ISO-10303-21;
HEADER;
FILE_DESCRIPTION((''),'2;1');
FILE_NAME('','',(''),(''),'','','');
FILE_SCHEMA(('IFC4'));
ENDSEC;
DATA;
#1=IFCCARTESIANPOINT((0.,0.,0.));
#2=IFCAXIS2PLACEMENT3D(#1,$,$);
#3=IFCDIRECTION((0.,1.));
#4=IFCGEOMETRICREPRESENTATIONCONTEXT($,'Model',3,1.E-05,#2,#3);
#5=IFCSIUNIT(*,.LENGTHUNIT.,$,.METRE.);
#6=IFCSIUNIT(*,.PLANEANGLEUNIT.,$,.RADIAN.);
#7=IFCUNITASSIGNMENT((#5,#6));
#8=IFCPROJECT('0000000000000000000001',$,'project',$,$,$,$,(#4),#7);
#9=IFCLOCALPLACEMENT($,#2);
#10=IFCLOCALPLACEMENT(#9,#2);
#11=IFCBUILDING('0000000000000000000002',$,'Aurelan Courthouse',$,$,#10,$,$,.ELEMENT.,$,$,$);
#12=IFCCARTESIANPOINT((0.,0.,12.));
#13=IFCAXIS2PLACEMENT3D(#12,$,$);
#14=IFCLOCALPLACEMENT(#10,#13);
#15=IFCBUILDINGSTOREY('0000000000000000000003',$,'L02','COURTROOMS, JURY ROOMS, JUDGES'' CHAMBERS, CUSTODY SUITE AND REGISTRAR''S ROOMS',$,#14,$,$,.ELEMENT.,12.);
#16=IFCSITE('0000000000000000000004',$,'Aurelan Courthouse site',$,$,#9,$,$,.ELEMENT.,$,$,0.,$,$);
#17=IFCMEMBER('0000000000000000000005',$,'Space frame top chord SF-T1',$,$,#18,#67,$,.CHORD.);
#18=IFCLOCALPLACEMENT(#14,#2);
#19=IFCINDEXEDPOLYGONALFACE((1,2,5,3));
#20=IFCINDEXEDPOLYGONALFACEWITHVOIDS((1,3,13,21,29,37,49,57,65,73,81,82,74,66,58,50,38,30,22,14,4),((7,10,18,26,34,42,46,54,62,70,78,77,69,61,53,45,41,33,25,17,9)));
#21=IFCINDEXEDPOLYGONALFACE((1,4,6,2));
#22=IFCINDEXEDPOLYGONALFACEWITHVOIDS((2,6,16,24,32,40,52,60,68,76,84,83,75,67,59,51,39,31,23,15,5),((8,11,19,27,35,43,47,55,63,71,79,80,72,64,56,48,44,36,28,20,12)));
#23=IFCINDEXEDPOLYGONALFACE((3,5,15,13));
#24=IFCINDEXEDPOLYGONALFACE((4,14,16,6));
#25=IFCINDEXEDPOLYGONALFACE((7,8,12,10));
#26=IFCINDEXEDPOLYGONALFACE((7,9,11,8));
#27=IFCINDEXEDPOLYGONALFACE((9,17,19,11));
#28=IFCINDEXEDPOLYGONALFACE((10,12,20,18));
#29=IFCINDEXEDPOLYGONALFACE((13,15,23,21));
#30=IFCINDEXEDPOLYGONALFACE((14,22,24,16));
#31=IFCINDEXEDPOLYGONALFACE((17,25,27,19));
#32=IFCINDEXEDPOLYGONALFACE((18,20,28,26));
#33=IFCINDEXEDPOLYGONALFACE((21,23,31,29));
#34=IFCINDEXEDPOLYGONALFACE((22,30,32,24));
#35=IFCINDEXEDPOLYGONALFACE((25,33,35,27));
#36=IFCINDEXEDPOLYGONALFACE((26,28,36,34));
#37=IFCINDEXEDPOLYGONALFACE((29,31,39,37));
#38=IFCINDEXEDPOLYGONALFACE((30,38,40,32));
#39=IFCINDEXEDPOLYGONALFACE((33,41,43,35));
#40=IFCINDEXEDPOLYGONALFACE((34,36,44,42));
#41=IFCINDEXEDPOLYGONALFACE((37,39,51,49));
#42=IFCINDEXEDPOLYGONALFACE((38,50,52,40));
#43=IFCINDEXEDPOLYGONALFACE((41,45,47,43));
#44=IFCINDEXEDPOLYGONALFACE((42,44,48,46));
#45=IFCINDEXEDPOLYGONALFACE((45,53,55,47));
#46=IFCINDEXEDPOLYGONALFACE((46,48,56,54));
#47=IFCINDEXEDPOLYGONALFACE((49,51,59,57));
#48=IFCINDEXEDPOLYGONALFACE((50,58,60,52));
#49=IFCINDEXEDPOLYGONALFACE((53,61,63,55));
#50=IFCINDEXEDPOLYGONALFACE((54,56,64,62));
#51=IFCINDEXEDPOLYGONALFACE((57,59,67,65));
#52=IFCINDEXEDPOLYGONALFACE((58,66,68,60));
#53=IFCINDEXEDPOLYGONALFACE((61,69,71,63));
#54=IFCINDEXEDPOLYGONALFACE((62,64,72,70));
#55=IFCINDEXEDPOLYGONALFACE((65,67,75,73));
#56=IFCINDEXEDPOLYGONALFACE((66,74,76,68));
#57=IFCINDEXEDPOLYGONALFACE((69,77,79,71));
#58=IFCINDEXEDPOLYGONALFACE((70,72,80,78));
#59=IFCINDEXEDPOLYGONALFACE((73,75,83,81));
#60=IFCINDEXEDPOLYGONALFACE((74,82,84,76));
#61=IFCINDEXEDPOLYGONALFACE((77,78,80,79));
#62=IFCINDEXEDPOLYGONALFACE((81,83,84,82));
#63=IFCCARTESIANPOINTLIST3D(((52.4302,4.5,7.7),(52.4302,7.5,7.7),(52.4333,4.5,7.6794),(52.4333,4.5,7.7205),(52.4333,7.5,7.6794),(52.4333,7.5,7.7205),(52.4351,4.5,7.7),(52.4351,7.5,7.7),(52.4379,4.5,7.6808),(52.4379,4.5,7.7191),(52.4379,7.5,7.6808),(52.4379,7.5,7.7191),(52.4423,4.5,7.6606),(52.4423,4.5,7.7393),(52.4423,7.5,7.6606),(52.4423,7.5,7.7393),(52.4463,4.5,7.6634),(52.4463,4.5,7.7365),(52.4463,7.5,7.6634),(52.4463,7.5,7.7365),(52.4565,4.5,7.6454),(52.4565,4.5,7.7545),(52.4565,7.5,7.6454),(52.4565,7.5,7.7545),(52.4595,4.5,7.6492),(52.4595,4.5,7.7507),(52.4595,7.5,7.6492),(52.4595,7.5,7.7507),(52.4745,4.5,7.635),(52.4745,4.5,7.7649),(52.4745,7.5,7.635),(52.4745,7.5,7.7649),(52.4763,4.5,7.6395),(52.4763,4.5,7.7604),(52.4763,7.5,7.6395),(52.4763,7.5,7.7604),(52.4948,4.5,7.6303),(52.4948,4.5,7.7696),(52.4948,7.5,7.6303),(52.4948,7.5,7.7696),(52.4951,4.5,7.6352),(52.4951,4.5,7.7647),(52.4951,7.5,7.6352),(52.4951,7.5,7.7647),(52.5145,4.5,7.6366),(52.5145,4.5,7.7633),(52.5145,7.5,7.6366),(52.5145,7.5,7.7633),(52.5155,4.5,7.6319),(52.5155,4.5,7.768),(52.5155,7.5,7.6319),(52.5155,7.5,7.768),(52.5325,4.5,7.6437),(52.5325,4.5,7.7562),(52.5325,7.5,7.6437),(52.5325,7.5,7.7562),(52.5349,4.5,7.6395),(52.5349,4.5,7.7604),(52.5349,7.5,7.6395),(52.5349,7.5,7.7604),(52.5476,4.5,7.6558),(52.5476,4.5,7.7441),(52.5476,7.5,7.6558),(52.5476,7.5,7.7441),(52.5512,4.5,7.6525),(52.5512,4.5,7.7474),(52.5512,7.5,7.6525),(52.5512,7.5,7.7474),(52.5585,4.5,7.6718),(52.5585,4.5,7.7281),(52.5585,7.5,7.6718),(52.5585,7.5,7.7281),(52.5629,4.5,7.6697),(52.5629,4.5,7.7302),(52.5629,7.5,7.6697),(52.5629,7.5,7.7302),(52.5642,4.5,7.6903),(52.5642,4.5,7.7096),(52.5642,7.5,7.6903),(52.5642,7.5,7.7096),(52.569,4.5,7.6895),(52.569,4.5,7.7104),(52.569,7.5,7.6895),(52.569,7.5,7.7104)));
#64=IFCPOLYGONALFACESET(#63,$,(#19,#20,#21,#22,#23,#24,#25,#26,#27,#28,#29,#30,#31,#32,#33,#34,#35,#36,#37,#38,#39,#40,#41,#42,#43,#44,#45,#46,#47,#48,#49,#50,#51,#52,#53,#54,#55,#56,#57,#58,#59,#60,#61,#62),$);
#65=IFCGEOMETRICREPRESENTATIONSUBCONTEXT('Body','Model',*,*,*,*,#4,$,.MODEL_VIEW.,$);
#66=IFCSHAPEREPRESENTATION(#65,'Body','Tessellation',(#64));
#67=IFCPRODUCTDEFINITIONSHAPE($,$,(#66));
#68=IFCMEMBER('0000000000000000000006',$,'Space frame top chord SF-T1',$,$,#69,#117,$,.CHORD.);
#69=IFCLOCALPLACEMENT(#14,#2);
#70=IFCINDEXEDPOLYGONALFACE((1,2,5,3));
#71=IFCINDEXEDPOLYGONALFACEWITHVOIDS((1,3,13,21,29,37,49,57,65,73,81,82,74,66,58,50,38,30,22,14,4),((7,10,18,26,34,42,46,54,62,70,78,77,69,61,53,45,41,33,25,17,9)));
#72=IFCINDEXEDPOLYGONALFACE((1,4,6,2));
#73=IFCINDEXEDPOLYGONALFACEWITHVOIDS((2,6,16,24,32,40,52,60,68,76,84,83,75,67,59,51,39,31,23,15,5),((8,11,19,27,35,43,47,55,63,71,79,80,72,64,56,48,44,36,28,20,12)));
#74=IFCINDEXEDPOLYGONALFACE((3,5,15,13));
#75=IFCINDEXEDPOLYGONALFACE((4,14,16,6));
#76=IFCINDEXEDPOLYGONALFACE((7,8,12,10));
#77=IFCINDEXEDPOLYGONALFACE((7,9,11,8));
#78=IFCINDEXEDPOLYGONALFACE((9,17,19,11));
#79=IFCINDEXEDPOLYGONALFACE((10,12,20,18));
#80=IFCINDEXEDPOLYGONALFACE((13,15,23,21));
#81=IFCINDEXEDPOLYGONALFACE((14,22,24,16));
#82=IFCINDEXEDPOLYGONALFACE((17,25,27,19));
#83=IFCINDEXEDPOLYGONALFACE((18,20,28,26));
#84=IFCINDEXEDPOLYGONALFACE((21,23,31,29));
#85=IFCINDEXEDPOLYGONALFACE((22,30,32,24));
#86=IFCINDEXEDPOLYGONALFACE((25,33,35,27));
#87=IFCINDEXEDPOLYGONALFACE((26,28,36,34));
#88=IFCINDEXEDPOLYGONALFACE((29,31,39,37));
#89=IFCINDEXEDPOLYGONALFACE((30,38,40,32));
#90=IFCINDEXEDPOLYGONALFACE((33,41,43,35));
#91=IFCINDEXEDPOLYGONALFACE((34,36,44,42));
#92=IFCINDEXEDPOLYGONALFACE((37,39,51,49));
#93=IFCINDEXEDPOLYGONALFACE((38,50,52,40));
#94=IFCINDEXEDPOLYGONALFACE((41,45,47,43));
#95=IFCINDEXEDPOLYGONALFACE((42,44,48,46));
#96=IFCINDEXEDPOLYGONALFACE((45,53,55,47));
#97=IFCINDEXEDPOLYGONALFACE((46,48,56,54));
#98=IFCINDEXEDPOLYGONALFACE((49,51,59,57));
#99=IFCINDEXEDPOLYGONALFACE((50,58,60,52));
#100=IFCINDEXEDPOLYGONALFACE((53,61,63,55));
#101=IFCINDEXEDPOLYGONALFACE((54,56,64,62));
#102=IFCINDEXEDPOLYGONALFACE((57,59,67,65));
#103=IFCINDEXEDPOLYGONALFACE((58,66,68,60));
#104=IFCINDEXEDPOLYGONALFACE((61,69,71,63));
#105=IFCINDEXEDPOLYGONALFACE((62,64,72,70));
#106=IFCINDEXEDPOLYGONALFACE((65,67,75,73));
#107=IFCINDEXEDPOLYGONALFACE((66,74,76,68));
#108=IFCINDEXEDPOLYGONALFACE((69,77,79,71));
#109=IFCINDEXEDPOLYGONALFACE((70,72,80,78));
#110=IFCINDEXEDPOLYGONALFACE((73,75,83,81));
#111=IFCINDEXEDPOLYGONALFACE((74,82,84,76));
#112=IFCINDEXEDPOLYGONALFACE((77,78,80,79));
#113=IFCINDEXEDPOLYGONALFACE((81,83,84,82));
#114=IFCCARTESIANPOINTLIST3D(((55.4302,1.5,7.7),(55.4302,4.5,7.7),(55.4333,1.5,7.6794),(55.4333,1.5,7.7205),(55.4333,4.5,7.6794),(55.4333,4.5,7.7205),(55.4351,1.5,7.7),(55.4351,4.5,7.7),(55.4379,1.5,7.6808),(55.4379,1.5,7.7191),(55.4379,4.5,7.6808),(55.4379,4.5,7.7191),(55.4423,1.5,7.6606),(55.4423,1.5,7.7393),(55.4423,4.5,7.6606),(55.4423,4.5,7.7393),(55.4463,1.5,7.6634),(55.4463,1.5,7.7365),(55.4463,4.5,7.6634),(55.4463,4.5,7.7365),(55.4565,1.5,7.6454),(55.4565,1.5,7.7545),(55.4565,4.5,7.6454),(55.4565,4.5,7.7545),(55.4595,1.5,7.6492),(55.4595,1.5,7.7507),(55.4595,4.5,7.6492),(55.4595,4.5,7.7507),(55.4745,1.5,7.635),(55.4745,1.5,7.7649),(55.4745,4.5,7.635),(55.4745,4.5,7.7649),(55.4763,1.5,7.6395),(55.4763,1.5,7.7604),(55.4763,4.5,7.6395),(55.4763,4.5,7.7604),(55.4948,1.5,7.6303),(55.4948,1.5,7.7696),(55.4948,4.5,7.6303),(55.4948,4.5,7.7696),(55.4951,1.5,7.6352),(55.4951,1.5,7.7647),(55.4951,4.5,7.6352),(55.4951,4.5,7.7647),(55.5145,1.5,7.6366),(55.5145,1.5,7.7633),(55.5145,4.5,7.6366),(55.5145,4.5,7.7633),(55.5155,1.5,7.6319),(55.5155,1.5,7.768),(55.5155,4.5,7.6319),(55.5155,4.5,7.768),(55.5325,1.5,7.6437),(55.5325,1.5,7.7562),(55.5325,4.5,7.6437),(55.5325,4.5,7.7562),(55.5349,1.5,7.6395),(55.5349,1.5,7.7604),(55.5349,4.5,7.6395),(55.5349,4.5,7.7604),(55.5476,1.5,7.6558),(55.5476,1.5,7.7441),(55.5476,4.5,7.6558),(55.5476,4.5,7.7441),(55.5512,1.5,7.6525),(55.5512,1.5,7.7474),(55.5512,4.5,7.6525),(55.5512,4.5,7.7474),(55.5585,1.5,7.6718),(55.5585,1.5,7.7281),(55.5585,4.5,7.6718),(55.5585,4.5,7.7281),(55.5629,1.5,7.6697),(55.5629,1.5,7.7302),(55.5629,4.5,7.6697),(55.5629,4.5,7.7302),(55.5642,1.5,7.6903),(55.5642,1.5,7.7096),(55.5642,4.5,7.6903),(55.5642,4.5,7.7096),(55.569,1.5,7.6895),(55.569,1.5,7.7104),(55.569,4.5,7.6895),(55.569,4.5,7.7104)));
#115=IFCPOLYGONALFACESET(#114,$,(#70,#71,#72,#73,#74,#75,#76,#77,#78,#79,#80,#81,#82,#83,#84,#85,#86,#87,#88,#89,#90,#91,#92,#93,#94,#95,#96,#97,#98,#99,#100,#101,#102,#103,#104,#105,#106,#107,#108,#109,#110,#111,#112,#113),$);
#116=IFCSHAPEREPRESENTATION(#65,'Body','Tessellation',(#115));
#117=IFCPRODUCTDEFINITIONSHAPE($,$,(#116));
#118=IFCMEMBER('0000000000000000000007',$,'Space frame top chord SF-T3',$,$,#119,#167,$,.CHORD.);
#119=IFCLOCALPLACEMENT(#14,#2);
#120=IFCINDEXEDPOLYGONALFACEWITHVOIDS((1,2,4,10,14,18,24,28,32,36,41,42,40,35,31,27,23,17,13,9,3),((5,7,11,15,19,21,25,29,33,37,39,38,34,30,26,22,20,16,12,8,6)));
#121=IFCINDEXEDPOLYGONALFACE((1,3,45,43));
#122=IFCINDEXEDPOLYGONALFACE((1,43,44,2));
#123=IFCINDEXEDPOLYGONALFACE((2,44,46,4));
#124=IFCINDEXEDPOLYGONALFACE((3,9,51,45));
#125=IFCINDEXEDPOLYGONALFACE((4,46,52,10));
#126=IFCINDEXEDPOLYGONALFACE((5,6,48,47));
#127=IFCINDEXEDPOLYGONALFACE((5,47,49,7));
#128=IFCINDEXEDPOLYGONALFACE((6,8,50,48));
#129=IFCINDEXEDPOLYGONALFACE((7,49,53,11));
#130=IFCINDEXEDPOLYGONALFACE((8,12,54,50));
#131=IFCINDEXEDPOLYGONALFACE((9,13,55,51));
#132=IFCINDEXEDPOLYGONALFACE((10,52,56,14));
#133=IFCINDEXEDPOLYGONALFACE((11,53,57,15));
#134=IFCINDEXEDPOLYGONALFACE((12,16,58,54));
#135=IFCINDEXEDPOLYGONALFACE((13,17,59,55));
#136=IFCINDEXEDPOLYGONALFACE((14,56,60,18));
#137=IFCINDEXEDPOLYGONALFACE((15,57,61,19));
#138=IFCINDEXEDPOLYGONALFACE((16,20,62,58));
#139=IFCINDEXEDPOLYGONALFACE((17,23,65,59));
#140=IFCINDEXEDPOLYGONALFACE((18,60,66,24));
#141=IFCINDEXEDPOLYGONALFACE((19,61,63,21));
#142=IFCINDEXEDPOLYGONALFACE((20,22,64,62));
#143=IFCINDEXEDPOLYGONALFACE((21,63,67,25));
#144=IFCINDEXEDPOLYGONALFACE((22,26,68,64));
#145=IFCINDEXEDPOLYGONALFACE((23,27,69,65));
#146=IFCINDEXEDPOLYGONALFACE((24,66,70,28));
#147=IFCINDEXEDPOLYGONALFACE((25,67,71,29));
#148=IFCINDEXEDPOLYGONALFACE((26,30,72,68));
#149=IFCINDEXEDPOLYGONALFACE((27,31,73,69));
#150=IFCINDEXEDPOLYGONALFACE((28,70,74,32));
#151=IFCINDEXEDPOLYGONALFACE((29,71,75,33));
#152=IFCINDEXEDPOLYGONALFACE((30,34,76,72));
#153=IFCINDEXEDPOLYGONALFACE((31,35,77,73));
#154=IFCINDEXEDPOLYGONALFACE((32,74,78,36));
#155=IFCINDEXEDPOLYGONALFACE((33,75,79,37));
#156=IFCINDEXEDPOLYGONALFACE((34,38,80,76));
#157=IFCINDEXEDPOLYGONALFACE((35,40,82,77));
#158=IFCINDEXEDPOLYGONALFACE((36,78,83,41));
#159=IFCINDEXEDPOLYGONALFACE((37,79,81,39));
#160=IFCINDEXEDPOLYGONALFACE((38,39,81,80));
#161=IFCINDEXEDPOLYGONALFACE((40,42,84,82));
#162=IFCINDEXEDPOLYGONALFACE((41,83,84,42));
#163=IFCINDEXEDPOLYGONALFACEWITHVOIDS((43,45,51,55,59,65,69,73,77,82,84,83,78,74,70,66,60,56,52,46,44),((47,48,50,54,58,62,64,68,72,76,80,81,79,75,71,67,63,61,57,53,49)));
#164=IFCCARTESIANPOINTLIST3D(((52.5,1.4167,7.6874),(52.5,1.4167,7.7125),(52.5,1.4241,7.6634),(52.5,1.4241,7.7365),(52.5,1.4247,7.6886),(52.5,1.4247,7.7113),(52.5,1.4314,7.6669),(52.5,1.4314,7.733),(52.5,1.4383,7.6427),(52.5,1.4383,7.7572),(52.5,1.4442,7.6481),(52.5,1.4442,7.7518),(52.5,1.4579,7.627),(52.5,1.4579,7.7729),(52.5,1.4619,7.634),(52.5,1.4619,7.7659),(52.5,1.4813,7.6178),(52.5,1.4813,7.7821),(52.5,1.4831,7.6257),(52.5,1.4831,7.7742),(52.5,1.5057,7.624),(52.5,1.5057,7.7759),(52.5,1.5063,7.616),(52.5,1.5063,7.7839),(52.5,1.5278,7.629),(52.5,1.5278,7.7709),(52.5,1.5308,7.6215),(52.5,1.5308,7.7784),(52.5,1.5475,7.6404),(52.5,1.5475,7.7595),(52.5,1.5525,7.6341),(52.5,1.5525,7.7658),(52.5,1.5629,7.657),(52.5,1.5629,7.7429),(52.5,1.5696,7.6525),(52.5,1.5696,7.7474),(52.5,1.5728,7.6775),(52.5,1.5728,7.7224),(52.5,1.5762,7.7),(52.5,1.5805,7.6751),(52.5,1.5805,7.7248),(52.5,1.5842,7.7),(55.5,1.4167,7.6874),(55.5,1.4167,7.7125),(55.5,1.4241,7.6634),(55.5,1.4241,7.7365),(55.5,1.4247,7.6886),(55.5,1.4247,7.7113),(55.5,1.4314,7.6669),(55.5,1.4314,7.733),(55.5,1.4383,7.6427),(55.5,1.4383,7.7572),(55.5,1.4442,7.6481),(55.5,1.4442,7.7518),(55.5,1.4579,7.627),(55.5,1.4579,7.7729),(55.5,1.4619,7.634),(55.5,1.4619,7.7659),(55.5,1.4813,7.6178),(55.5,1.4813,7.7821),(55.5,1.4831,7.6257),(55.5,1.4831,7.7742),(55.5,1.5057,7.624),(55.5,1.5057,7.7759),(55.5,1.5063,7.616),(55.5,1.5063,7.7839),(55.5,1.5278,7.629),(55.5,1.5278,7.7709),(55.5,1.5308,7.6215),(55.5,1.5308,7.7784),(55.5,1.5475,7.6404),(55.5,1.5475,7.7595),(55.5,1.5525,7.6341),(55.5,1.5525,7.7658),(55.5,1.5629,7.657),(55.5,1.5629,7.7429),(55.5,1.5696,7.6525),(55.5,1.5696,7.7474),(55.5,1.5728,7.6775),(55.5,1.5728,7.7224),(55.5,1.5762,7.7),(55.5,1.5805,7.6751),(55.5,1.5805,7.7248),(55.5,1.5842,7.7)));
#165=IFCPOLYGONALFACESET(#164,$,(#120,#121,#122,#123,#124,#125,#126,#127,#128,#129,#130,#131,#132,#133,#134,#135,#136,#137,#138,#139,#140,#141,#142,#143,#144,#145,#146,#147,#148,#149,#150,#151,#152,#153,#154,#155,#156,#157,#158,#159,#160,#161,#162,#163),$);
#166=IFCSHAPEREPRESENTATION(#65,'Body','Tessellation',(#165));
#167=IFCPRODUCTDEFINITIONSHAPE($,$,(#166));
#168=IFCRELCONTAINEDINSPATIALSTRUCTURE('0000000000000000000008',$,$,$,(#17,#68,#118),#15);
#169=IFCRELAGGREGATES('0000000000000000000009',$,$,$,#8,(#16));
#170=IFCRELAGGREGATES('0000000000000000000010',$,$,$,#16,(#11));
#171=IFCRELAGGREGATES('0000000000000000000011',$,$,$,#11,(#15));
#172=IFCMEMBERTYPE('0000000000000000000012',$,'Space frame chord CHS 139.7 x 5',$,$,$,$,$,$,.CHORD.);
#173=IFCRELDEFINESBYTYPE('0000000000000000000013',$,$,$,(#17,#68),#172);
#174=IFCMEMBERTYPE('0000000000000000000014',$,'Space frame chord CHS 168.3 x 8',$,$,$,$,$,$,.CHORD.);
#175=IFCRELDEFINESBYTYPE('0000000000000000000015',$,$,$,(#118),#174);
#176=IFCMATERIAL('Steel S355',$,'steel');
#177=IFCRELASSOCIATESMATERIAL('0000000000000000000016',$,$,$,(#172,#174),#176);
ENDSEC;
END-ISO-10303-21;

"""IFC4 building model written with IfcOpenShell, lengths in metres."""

from ifc_helpers import new_model, si_unit, direction, frame, origin, origin_2d, place, context, subcontext, project, spatial, hollow_circle, extrude, material, material_profile, profile_set, type_object, element, save


model = new_model("IFC4")

# Units and contexts
model_context = context("Model", 3, precision=1e-05, world=origin(), true_north=direction((0.0, 1.0)))
body_context = subcontext(model_context, "Body", "Model", "MODEL_VIEW")
ifc_project = project(units=[si_unit("LENGTHUNIT", "METRE"), si_unit("PLANEANGLEUNIT", "RADIAN")], contexts=[model_context])

# Site, building, storey
site_placement = place(None, origin())
site = spatial("IfcSite", under=ifc_project, at=site_placement, Name="Aurelan Courthouse site", CompositionType="ELEMENT", RefElevation=0.0)
building_placement = place(site_placement, origin())
building = spatial("IfcBuilding", under=site, at=building_placement, Name="Aurelan Courthouse", CompositionType="ELEMENT")
storey_placement = place(building_placement, frame((0.0, 0.0, 12.0)))
storey = spatial("IfcBuildingStorey", under=building, at=storey_placement, Name="L02", Description="COURTROOMS, JURY ROOMS, JUDGES' CHAMBERS, CUSTODY SUITE AND REGISTRAR'S ROOMS", CompositionType="ELEMENT", Elevation=12.0)

# Members
ifc_material_1 = material(Name="Steel S355", Category="steel")
ifc_material_profile_1 = material_profile(ifc_material_1, hollow_circle(Radius=0.0698, WallThickness=0.0049, at=origin_2d()), Name="CHS 139.7 x 5")
ifc_profile_set_1 = profile_set([ifc_material_profile_1], Name="Steel S355")
member_type_1 = type_object("IfcMemberType", Name="Space frame chord CHS 139.7 x 5", PredefinedType="CHORD", material=ifc_profile_set_1)
for number, where, z_axis, x_axis, name in (
    (1, (52.5, 4.5, 7.7), (0.0, 1.0, 0.0), (-1.0, 0.0, 0.0), "Space frame top chord SF-T1"),
    (2, (55.5, 1.5, 7.7), (0.0, 1.0, 0.0), (-1.0, 0.0, 0.0), "Space frame top chord SF-T1"),
):
    element("IfcMember", number, at=place(storey_placement, frame(where, z_axis=z_axis, x_axis=x_axis)), inside=storey, type_object=member_type_1, Name=name, PredefinedType="CHORD", context=body_context, shape_type="SweptSolid", body=[
        extrude(hollow_circle(Radius=0.0698, WallThickness=0.0049, at=origin_2d()), origin(), (0.0, 0.0, 1.0), 3.0),
    ])
ifc_material_profile_2 = material_profile(ifc_material_1, hollow_circle(Radius=0.0842, WallThickness=0.0081, at=origin_2d()), Name="CHS 168.3 x 8")
ifc_profile_set_2 = profile_set([ifc_material_profile_2], Name="Steel S355")
member_type_2 = type_object("IfcMemberType", Name="Space frame chord CHS 168.3 x 8", PredefinedType="CHORD", material=ifc_profile_set_2)
for number, where, z_axis, x_axis, name in (
    (3, (52.5, 1.5, 7.7), (1.0, 0.0, 0.0), (0.0, 1.0, 0.0), "Space frame top chord SF-T3"),
):
    element("IfcMember", number, at=place(storey_placement, frame(where, z_axis=z_axis, x_axis=x_axis)), inside=storey, type_object=member_type_2, Name=name, PredefinedType="CHORD", context=body_context, shape_type="SweptSolid", body=[
        extrude(hollow_circle(Radius=0.0842, WallThickness=0.0081, at=origin_2d()), origin(), (0.0, 0.0, 1.0), 3.0),
    ])

save(model, "model.ifc")
